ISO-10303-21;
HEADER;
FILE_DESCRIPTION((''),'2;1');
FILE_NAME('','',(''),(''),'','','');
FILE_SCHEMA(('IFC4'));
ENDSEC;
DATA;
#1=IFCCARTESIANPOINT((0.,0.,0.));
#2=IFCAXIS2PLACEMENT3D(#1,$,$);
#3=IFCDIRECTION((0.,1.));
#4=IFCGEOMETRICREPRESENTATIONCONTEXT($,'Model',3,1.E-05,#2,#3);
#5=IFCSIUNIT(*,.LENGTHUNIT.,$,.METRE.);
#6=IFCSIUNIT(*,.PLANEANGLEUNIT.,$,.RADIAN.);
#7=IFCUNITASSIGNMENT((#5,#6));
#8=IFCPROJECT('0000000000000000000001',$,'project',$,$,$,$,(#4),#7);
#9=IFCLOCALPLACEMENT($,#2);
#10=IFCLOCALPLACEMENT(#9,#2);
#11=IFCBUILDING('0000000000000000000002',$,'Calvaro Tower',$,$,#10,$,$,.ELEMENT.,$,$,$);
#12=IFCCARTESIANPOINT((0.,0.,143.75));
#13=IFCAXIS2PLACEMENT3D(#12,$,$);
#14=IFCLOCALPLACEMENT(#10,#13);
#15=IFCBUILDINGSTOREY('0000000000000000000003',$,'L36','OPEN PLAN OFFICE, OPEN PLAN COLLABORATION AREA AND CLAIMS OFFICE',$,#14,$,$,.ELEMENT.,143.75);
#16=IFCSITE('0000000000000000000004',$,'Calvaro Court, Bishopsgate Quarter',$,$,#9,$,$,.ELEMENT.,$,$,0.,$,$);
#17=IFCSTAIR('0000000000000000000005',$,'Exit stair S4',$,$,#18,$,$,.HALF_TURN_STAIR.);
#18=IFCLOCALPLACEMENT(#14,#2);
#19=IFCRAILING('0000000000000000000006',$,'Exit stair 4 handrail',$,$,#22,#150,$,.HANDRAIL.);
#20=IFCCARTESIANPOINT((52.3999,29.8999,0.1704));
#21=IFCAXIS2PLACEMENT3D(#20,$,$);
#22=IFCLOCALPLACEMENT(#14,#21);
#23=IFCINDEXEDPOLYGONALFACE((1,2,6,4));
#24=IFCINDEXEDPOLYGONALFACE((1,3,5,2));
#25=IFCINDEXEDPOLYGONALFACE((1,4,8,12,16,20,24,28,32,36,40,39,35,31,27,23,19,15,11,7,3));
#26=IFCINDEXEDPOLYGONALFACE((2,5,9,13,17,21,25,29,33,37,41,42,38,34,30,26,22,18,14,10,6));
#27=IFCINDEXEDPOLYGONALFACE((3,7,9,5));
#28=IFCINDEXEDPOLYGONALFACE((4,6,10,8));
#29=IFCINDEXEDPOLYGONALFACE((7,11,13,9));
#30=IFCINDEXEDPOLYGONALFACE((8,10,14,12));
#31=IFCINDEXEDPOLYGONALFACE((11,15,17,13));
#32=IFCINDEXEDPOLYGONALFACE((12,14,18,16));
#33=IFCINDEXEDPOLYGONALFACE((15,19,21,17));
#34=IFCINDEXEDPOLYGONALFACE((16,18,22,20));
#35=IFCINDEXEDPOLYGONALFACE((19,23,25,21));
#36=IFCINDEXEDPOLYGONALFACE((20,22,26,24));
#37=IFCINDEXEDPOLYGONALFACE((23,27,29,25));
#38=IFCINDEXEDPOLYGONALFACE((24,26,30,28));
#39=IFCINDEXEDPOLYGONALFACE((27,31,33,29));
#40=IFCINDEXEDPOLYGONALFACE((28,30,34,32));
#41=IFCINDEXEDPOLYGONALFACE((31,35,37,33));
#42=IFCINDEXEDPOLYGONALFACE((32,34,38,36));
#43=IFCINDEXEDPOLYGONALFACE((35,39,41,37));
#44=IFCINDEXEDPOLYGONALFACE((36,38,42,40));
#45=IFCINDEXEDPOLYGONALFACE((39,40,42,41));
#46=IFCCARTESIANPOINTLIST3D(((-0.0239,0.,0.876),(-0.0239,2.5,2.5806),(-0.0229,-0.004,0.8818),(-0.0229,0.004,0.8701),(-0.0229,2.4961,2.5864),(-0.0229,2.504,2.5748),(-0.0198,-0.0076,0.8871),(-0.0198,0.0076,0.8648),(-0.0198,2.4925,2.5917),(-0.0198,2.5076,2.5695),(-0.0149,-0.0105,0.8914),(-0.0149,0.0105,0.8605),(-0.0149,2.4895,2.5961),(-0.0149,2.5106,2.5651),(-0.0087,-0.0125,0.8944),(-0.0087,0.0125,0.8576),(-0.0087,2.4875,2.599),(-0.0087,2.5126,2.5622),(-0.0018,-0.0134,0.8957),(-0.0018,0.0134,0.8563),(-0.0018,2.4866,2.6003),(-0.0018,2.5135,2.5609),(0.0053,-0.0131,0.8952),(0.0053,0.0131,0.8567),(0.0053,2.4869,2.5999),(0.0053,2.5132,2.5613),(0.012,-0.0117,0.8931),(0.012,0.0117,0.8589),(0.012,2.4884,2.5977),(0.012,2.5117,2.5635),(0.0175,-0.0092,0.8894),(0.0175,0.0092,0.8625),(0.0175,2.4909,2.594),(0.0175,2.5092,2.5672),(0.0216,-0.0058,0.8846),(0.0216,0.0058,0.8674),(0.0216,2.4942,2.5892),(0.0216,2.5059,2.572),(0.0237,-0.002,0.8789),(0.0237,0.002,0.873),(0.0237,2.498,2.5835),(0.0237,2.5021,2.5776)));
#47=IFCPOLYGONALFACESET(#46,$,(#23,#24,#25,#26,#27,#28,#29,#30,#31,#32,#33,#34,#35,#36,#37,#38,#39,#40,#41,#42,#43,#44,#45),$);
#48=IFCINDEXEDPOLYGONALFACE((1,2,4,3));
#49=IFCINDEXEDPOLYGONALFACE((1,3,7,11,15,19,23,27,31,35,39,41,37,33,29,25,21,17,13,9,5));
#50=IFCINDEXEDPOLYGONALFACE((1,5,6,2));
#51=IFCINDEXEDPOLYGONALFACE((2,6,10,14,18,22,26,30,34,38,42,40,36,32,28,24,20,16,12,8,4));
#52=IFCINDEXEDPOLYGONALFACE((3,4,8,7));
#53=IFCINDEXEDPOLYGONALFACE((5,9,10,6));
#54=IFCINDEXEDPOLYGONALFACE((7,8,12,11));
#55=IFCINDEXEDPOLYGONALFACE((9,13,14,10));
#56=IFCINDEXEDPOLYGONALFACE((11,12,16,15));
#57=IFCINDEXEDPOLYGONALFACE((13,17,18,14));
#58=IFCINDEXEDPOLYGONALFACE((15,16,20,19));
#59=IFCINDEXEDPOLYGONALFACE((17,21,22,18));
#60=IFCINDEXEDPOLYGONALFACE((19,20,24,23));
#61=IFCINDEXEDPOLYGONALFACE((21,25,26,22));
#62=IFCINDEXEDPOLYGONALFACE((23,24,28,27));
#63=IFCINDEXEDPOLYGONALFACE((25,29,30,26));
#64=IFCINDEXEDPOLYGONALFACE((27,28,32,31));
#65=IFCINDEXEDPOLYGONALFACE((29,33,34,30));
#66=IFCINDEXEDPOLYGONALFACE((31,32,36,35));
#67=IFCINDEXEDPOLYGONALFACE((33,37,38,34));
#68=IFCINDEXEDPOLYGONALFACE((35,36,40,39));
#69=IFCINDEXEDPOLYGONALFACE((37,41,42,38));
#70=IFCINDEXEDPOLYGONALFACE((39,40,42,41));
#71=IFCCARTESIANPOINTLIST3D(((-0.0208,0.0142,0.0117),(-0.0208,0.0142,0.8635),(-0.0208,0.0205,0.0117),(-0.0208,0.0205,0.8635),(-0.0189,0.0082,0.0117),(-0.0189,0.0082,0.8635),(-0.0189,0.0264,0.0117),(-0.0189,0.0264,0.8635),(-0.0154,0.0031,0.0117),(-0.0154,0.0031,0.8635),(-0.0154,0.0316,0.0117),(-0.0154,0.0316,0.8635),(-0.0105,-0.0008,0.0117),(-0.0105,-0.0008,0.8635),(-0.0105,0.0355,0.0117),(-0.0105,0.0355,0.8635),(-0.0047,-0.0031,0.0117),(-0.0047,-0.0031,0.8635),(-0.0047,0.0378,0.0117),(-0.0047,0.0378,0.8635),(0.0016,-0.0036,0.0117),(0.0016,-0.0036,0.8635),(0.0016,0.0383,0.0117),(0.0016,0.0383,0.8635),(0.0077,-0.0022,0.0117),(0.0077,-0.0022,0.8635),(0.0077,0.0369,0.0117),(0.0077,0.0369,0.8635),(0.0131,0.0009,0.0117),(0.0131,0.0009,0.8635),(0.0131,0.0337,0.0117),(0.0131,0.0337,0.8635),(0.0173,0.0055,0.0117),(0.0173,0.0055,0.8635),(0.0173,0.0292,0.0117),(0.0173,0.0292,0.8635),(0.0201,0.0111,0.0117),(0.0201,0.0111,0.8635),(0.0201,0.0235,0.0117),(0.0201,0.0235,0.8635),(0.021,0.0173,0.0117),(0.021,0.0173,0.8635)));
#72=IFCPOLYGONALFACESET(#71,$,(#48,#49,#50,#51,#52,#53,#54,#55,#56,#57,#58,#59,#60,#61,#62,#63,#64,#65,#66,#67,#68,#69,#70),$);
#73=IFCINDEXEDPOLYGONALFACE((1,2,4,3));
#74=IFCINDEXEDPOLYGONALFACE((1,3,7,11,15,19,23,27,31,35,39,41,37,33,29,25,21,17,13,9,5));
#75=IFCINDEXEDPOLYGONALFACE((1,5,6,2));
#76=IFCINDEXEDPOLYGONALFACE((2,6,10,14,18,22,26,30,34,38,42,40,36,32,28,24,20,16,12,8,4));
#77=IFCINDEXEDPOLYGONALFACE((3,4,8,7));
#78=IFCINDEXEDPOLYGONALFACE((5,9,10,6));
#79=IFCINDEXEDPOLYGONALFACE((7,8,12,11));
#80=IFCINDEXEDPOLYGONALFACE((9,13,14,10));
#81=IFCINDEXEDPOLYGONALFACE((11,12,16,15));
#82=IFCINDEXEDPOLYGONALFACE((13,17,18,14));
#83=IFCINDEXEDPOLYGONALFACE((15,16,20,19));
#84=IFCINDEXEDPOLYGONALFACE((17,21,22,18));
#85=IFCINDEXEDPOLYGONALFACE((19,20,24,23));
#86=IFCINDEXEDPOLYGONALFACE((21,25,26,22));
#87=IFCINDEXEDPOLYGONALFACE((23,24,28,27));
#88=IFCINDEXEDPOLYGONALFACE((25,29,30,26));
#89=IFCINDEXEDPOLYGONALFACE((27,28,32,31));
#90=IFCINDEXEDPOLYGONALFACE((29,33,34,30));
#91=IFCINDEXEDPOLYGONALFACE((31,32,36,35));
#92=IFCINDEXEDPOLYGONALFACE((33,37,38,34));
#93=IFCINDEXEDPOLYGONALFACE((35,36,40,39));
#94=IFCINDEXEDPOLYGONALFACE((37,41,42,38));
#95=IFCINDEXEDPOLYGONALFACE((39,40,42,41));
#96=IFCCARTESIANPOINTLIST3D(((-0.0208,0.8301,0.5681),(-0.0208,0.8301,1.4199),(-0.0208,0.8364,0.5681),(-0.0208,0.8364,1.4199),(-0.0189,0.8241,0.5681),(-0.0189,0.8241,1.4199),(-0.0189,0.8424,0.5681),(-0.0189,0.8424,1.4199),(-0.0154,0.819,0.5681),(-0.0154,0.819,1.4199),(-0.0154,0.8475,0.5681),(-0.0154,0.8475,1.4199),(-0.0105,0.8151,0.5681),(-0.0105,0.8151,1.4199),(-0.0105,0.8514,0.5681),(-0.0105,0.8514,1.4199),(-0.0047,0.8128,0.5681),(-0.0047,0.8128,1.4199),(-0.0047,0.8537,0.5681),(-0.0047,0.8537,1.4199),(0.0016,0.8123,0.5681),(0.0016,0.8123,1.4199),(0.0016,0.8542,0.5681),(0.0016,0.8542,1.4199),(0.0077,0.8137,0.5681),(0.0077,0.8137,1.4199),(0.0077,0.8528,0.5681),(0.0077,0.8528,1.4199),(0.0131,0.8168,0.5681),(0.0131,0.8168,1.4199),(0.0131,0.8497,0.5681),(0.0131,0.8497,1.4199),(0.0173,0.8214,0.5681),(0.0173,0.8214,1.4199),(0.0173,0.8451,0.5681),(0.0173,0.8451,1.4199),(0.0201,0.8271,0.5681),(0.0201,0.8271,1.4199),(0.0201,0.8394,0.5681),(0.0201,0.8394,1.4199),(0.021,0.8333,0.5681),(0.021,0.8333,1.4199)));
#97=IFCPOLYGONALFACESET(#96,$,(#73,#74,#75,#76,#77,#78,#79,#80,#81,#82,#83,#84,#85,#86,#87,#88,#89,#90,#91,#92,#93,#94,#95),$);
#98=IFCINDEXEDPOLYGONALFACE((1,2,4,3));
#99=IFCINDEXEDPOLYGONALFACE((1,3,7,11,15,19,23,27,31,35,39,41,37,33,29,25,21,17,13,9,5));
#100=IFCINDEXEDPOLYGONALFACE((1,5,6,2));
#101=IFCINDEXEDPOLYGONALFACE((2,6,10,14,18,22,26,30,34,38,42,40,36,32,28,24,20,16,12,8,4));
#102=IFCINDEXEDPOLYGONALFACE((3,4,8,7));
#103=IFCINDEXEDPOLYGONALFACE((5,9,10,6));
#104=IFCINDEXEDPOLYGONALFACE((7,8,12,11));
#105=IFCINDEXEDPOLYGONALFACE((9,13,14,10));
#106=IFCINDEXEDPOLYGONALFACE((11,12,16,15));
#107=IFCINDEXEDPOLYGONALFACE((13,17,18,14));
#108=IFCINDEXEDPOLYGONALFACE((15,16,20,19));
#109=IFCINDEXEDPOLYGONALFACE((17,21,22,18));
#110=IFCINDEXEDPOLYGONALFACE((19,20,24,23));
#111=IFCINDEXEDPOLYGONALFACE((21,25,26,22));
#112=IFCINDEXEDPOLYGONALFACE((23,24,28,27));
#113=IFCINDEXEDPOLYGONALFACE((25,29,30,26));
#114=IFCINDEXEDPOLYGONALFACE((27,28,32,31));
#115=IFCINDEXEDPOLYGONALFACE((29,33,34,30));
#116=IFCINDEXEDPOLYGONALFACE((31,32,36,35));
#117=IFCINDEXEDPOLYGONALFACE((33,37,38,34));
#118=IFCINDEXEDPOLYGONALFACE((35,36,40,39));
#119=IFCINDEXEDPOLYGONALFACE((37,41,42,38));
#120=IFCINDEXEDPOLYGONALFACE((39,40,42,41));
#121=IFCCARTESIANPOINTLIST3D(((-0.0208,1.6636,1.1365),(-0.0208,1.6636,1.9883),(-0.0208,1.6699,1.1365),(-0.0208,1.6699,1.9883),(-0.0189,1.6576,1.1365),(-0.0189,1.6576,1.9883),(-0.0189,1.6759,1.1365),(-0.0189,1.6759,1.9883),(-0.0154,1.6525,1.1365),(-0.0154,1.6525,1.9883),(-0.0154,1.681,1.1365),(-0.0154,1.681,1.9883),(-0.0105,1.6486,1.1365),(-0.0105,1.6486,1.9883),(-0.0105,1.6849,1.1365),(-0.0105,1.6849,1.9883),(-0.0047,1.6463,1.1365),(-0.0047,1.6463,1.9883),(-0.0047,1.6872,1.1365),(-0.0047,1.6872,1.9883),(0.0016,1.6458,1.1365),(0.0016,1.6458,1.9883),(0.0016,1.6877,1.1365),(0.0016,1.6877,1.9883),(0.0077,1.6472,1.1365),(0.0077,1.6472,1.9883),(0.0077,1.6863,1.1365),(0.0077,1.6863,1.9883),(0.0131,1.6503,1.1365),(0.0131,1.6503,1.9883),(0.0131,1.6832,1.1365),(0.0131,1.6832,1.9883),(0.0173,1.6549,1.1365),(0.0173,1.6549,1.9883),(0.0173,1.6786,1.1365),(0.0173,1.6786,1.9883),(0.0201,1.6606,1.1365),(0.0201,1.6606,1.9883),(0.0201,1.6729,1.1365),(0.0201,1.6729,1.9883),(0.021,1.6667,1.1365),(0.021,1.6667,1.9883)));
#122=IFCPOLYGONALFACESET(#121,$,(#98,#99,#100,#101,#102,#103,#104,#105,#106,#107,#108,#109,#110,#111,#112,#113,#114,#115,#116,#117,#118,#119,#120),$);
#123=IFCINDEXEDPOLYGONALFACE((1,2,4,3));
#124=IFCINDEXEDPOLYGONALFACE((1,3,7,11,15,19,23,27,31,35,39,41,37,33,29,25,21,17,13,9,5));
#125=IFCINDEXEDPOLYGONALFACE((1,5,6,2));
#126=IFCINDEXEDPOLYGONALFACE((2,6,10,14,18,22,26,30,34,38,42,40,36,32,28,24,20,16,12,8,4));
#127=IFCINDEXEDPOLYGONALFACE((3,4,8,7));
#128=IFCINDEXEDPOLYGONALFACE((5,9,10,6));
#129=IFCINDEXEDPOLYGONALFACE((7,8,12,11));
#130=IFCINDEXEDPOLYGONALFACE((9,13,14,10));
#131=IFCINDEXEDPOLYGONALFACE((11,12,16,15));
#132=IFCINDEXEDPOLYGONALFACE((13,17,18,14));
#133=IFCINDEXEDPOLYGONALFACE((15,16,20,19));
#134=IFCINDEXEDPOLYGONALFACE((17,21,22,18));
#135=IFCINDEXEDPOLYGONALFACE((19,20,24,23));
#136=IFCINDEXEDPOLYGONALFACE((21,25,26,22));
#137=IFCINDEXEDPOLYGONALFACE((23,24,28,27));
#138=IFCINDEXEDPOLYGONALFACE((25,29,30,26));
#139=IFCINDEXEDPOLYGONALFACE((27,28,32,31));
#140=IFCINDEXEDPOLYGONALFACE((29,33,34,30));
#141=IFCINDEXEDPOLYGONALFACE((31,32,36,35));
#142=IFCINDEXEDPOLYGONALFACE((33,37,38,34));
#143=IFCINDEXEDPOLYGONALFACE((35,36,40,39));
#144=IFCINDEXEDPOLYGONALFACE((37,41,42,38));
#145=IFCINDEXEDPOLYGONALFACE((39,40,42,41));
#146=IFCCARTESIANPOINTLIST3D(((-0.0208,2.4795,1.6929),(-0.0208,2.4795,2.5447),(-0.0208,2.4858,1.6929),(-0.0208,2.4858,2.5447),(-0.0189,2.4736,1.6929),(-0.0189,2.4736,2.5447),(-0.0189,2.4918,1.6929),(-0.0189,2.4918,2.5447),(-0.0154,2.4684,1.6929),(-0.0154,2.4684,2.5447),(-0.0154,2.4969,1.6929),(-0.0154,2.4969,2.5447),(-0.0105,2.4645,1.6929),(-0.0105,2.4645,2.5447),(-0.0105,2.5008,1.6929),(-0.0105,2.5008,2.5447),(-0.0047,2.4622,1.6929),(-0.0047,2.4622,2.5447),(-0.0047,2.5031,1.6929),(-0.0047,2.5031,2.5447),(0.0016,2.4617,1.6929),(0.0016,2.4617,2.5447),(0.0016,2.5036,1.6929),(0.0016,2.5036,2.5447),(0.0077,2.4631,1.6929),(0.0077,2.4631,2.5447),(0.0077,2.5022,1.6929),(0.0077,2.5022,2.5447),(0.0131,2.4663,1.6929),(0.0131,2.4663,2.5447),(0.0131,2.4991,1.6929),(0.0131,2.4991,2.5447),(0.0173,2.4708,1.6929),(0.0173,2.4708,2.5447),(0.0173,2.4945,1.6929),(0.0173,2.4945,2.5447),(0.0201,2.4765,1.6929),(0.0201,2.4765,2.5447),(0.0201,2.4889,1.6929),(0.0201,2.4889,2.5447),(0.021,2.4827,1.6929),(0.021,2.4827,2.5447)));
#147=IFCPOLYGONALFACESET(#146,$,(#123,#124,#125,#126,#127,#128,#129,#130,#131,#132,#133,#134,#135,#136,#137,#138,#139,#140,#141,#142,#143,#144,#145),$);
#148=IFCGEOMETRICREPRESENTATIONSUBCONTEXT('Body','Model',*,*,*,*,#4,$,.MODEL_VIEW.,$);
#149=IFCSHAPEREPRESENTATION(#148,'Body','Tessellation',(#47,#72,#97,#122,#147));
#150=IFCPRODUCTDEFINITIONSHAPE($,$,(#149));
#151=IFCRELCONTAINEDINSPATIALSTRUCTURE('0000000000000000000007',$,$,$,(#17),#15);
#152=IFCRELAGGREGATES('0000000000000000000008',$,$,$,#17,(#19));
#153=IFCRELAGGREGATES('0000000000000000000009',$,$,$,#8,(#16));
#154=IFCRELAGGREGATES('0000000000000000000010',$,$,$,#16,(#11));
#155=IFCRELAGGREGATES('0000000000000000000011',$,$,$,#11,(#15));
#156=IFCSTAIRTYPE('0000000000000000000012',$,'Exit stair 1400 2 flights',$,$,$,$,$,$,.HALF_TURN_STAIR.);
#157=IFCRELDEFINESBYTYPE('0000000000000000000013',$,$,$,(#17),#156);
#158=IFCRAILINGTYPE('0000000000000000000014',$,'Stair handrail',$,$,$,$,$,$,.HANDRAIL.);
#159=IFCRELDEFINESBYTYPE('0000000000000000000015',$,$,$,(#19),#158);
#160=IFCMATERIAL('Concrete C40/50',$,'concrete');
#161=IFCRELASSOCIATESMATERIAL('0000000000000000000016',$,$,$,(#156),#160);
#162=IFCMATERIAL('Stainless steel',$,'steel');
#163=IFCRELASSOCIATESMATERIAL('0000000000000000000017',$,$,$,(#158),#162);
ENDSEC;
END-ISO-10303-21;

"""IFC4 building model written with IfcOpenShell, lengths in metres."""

from ifc_helpers import new_model, si_unit, direction, frame, origin, origin_2d, place, context, subcontext, project, spatial, circle, extrude, material, type_object, element, aggregate, save


model = new_model("IFC4")

# Units and contexts
model_context = context("Model", 3, precision=1e-05, world=origin(), true_north=direction((0.0, 1.0)))
body_context = subcontext(model_context, "Body", "Model", "MODEL_VIEW")
ifc_project = project(units=[si_unit("LENGTHUNIT", "METRE"), si_unit("PLANEANGLEUNIT", "RADIAN")], contexts=[model_context])

# Site, building, storey
site_placement = place(None, origin())
site = spatial("IfcSite", under=ifc_project, at=site_placement, Name="Calvaro Court, Bishopsgate Quarter", CompositionType="ELEMENT", RefElevation=0.0)
building_placement = place(site_placement, origin())
building = spatial("IfcBuilding", under=site, at=building_placement, Name="Calvaro Tower", CompositionType="ELEMENT")
storey_placement = place(building_placement, frame((0.0, 0.0, 143.75)))
storey = spatial("IfcBuildingStorey", under=building, at=storey_placement, Name="L36", Description="OPEN PLAN OFFICE, OPEN PLAN COLLABORATION AREA AND CLAIMS OFFICE", CompositionType="ELEMENT", Elevation=143.75)

# Stair
ifc_material_1 = material(Name="Concrete C40/50", Category="concrete")
stair_type = type_object("IfcStairType", Name="Exit stair 1400 2 flights", PredefinedType="HALF_TURN_STAIR", material=ifc_material_1)
stair_1_placement = place(storey_placement, origin())
stair_1 = element("IfcStair", 1, at=stair_1_placement, inside=storey, type_object=stair_type, Name="Exit stair S4", PredefinedType="HALF_TURN_STAIR")

# Railing
ifc_material_2 = material(Name="Stainless steel", Category="steel")
railing_type = type_object("IfcRailingType", Name="Stair handrail", PredefinedType="HANDRAIL", material=ifc_material_2)
railing_1_placement = place(storey_placement, frame((52.3999, 29.8999, 0.1704)))
railing_1 = element("IfcRailing", 2, at=railing_1_placement, type_object=railing_type, Name="Exit stair 4 handrail", PredefinedType="HANDRAIL", context=body_context, shape_type="SweptSolid", body=[
    extrude(circle(Radius=0.0239, at=origin_2d()), frame((0.0, 0.0, 0.876), z_axis=(0.0, 0.826221, 0.563347), x_axis=(-1.0, 0.0, 0.0)), (0.0, 0.0, 1.0), 3.0259),
    extrude(circle(Radius=0.021, at=origin_2d()), frame((0.0, 0.0173, 0.0117)), (0.0, 0.0, 1.0), 0.8518),
    extrude(circle(Radius=0.021, at=origin_2d()), frame((0.0, 0.8333, 0.5681)), (0.0, 0.0, 1.0), 0.8518),
    extrude(circle(Radius=0.021, at=origin_2d()), frame((0.0, 1.6667, 1.1365)), (0.0, 0.0, 1.0), 0.8518),
    extrude(circle(Radius=0.021, at=origin_2d()), frame((0.0, 2.4827, 1.6929)), (0.0, 0.0, 1.0), 0.8518),
])
aggregate(stair_1, [railing_1])

save(model, "model.ifc")
